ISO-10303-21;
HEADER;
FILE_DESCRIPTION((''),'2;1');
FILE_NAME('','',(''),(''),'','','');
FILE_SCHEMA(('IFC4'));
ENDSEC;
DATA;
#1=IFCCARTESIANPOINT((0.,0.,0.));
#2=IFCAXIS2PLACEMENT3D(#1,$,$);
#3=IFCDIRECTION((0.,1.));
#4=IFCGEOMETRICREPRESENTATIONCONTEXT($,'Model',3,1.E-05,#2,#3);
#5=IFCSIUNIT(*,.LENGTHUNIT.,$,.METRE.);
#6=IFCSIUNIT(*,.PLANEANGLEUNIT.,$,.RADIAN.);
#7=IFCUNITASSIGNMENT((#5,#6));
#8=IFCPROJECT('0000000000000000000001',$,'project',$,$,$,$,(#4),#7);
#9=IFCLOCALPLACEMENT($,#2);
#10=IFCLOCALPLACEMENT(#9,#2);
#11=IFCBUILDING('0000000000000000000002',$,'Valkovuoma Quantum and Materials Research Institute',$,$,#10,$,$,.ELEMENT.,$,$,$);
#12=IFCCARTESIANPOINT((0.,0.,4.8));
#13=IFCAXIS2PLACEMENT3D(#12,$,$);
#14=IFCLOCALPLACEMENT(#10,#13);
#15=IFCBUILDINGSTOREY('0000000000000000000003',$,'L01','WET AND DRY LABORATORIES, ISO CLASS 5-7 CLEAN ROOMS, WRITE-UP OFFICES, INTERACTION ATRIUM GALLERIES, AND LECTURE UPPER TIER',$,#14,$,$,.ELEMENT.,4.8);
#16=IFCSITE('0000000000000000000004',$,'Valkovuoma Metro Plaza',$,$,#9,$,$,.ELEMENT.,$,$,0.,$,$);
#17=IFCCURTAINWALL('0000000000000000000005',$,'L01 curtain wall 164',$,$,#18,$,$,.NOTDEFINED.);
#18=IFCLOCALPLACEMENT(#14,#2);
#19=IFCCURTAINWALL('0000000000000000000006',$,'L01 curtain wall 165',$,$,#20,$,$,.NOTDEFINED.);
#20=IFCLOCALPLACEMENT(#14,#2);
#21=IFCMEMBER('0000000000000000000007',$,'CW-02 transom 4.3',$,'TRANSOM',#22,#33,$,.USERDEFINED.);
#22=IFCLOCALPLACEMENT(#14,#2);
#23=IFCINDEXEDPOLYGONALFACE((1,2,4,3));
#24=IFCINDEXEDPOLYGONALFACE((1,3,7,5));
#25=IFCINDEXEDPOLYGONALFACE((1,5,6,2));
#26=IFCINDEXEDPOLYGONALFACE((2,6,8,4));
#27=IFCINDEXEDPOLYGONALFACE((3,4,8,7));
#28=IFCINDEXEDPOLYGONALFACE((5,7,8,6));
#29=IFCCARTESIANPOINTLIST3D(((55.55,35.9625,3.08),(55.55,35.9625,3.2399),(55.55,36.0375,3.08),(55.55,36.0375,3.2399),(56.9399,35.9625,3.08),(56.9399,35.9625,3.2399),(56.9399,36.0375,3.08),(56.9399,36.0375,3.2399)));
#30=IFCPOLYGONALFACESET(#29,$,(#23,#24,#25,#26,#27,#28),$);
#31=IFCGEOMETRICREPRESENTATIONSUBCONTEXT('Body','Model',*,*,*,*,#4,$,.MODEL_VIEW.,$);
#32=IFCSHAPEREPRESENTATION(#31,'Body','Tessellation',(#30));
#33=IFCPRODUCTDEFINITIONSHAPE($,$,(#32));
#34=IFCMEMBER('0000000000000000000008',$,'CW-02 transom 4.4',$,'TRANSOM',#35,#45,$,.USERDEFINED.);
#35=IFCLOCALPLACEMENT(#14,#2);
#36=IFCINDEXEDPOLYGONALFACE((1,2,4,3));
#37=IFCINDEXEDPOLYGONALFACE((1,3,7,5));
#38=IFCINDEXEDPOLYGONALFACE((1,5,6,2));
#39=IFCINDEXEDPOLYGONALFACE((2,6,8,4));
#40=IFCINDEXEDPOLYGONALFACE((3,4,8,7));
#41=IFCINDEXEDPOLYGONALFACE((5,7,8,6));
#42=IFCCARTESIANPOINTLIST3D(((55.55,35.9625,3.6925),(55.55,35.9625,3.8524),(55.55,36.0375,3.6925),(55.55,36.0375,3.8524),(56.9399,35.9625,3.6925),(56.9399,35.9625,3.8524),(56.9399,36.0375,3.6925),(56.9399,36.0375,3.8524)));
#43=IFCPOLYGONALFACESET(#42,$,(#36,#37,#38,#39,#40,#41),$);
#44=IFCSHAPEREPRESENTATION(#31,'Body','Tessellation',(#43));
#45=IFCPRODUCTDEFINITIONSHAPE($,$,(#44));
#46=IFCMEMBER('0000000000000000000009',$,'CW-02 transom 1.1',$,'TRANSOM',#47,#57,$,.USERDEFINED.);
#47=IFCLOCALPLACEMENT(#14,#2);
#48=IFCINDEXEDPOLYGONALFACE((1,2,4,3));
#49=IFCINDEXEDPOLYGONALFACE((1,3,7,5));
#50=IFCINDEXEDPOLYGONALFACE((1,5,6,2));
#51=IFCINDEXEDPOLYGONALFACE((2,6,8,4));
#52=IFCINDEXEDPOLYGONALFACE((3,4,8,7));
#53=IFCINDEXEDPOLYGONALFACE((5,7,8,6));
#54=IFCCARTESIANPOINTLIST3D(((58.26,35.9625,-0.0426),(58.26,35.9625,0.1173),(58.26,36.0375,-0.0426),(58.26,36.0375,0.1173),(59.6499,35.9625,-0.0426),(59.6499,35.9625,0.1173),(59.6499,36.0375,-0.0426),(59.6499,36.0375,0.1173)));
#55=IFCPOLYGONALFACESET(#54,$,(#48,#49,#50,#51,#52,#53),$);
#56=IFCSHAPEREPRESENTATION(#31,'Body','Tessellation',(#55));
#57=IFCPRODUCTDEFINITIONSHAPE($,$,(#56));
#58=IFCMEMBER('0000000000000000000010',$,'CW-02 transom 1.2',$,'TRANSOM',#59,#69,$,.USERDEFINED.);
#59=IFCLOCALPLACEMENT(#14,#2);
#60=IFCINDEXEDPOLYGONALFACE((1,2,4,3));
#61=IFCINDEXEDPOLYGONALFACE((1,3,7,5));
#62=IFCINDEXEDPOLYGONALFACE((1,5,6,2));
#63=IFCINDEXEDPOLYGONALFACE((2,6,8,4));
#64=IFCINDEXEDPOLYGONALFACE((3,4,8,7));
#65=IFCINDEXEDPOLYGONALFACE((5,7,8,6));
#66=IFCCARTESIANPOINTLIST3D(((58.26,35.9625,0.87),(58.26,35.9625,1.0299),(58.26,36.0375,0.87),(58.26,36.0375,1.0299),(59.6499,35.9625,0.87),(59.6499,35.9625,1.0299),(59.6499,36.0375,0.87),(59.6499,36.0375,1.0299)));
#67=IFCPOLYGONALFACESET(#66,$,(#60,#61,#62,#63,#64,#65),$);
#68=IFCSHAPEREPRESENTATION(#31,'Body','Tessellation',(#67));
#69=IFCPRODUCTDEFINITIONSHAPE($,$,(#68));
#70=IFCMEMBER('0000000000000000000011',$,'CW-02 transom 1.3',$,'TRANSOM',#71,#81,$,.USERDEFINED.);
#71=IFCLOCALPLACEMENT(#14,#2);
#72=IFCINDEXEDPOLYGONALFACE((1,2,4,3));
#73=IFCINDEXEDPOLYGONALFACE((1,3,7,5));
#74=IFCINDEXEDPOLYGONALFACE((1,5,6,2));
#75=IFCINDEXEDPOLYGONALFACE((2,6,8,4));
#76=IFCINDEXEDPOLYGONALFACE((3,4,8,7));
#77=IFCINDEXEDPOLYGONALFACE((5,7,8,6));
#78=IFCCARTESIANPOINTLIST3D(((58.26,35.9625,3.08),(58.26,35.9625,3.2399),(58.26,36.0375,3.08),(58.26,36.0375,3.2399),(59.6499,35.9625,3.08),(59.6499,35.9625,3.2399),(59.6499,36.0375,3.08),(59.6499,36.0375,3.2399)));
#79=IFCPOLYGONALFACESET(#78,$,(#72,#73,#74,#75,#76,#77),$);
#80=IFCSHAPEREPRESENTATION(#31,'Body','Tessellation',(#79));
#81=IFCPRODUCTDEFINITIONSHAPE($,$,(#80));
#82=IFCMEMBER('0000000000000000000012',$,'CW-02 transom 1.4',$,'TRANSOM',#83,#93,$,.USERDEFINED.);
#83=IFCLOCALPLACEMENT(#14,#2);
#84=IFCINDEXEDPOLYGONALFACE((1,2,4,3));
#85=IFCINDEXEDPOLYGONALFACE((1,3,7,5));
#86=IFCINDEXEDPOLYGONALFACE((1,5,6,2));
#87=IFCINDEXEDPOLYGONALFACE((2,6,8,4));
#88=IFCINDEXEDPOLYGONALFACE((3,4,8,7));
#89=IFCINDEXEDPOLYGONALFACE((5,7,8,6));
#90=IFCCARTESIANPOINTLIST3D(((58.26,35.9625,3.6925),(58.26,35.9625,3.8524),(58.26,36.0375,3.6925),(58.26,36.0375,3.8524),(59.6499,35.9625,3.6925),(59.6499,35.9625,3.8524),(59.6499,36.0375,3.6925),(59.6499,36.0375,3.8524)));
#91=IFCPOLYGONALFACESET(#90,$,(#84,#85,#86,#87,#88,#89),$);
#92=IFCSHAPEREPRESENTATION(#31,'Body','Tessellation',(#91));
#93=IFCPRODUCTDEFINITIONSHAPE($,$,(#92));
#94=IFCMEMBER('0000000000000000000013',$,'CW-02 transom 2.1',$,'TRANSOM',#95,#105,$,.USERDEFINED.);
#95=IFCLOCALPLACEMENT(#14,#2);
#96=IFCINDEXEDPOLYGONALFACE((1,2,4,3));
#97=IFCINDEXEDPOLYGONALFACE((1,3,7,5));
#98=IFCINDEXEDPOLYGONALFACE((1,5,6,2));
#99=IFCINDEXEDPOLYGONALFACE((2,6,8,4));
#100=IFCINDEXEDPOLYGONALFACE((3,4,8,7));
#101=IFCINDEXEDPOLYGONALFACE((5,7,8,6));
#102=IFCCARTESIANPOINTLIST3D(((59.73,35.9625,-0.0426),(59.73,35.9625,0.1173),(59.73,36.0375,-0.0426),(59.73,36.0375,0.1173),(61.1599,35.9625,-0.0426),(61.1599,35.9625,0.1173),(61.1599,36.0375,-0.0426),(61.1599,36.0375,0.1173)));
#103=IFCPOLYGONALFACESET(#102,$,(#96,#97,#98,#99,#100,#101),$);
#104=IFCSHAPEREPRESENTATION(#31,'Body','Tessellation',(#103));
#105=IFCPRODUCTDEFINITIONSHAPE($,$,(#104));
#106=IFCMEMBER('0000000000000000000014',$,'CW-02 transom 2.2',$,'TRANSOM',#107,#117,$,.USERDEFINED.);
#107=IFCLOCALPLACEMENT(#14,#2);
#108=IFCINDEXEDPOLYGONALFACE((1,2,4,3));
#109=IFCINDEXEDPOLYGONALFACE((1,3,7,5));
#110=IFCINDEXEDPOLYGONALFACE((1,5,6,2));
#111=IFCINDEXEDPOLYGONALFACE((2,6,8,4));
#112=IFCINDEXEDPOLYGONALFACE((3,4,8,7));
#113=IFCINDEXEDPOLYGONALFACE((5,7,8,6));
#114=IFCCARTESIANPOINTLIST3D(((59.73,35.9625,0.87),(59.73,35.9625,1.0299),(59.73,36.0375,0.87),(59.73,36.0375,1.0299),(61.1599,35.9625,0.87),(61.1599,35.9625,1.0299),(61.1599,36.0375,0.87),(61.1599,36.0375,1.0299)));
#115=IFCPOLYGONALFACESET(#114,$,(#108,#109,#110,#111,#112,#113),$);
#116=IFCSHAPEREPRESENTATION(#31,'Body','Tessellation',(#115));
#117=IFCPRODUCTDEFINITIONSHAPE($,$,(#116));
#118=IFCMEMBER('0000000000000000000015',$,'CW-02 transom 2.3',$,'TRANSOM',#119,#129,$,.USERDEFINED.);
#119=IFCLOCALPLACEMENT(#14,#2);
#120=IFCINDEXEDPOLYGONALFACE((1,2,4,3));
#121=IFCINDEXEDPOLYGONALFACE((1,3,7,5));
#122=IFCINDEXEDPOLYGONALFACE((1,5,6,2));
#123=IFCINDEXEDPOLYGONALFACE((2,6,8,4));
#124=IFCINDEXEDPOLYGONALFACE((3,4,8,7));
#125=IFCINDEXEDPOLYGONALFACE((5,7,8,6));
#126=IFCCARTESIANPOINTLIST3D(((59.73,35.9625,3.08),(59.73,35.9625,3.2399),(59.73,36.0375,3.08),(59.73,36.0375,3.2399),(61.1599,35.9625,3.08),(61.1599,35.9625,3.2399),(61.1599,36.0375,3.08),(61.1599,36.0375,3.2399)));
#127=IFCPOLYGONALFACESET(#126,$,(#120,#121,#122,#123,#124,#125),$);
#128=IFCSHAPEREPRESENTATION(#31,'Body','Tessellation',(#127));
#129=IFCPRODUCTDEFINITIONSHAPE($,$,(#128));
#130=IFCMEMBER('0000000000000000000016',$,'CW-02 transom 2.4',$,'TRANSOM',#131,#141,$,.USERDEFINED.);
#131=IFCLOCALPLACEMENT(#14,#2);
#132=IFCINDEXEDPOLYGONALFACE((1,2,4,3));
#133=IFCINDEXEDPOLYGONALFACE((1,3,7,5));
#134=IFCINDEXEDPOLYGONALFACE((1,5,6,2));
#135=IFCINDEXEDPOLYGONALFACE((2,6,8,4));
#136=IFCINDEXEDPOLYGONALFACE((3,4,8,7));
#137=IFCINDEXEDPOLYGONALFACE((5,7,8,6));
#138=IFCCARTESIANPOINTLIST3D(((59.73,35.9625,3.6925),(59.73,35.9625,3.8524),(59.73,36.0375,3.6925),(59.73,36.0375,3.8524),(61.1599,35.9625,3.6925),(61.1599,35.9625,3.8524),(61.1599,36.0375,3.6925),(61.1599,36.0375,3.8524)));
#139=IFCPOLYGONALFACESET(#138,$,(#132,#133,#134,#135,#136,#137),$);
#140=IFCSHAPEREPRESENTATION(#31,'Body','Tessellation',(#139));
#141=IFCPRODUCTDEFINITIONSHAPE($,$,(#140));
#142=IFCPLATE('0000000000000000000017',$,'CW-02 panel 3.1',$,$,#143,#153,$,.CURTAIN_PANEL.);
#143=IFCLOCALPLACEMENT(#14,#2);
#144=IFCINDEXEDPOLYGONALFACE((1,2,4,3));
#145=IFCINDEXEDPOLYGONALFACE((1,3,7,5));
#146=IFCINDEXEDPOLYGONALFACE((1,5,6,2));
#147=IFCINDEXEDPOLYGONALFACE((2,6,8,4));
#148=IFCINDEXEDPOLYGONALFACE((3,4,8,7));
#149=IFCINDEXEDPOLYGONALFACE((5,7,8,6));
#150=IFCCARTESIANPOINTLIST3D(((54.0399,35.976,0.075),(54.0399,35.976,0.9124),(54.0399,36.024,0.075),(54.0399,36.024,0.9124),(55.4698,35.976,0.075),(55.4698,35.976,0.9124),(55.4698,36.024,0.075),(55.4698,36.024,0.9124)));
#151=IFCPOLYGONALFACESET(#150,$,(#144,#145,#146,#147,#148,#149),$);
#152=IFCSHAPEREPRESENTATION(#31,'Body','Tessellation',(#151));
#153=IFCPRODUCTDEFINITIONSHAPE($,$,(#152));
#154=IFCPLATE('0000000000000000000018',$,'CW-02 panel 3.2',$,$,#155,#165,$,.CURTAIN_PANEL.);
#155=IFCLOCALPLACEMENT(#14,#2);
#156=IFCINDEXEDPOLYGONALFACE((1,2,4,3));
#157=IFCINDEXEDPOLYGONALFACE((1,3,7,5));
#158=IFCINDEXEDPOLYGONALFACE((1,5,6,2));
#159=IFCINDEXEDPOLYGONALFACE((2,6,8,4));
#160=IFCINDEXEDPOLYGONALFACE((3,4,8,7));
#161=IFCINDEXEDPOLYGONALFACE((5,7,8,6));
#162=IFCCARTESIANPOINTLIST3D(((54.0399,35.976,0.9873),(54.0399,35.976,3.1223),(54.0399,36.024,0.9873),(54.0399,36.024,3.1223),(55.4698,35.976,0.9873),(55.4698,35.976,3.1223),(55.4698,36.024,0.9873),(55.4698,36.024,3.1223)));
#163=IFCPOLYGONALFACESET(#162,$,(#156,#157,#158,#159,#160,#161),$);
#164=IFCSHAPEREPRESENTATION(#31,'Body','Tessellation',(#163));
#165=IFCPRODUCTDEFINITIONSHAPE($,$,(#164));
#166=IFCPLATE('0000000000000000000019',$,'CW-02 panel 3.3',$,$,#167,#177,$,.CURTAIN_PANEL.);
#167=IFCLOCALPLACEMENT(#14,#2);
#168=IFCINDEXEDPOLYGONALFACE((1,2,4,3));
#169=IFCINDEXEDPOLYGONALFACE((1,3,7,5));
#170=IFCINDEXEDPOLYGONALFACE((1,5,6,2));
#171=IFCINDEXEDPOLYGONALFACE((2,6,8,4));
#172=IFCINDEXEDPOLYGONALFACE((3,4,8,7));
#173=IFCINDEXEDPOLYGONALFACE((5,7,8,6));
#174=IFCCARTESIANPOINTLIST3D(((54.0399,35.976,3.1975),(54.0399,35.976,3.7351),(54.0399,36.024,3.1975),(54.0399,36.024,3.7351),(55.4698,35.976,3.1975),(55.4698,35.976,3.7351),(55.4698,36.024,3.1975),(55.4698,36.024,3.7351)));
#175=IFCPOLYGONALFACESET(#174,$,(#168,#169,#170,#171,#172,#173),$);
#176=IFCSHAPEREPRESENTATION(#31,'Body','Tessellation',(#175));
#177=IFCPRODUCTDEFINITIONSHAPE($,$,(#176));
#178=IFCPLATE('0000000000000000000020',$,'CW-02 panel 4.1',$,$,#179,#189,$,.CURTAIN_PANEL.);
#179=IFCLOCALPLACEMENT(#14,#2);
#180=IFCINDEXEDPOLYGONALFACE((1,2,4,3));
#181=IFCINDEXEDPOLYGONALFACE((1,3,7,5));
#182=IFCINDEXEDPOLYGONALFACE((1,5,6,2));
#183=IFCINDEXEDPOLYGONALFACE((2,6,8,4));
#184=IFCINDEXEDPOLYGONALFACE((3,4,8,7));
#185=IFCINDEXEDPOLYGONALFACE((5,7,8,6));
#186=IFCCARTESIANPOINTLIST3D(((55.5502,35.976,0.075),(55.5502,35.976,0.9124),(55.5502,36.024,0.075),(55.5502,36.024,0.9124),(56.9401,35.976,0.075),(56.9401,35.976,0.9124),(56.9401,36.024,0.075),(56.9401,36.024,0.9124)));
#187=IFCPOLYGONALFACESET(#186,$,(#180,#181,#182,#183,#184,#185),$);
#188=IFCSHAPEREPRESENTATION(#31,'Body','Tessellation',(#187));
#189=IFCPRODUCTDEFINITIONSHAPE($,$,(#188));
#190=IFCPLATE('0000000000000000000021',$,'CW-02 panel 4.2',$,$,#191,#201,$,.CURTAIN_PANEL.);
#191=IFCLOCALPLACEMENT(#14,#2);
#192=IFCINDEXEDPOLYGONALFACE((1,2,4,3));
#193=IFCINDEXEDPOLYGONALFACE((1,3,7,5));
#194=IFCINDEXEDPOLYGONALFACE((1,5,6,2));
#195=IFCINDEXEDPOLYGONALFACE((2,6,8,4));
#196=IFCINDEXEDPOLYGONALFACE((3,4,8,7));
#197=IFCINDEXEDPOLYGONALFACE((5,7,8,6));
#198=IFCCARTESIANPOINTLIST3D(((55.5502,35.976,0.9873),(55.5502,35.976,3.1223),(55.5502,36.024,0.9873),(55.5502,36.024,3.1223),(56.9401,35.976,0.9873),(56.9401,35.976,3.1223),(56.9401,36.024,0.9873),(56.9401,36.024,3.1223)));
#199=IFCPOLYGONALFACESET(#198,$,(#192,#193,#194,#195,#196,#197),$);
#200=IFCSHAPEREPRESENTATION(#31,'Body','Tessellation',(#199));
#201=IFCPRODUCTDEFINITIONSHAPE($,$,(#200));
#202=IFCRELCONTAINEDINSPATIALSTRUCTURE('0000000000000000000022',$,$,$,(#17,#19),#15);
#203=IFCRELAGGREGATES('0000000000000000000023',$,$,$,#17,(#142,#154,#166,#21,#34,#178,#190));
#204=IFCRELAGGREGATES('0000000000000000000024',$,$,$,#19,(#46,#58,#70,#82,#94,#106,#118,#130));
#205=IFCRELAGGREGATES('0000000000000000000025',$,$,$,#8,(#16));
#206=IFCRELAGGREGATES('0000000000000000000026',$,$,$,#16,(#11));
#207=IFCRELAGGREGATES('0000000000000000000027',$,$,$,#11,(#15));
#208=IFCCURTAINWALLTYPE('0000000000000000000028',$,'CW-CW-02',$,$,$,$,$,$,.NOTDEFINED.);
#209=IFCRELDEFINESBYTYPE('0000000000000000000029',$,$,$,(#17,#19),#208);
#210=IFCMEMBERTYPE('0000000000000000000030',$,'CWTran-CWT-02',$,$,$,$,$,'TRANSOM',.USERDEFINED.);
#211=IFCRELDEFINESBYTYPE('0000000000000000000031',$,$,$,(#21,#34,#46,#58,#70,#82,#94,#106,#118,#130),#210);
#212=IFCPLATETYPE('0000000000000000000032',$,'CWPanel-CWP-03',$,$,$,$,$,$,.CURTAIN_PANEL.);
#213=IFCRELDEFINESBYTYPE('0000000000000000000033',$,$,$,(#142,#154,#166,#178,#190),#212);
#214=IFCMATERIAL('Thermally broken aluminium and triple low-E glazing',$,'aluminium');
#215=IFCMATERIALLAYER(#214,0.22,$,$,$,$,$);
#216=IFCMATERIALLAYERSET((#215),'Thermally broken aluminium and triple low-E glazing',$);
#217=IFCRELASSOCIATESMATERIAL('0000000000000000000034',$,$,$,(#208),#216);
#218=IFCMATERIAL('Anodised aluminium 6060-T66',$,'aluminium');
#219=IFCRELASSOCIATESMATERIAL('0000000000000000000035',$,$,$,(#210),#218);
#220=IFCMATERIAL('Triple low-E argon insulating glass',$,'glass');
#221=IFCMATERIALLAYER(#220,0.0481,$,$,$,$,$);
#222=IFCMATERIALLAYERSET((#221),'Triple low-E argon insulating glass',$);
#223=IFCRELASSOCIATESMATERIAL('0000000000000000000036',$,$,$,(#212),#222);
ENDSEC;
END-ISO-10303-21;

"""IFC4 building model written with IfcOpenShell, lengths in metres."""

from ifc_helpers import new_model, si_unit, direction, frame, origin, origin_2d, place, context, subcontext, project, spatial, rectangle, extrude, material, layer, layer_set, material_profile, profile_set, type_object, element, aggregate, save


model = new_model("IFC4")

# Units and contexts
model_context = context("Model", 3, precision=1e-05, world=origin(), true_north=direction((0.0, 1.0)))
body_context = subcontext(model_context, "Body", "Model", "MODEL_VIEW")
ifc_project = project(units=[si_unit("LENGTHUNIT", "METRE"), si_unit("PLANEANGLEUNIT", "RADIAN")], contexts=[model_context])

# Site, building, storey
site_placement = place(None, origin())
site = spatial("IfcSite", under=ifc_project, at=site_placement, Name="Valkovuoma Metro Plaza", CompositionType="ELEMENT", RefElevation=0.0)
building_placement = place(site_placement, origin())
building = spatial("IfcBuilding", under=site, at=building_placement, Name="Valkovuoma Quantum and Materials Research Institute", CompositionType="ELEMENT")
storey_placement = place(building_placement, frame((0.0, 0.0, 4.8)))
storey = spatial("IfcBuildingStorey", under=building, at=storey_placement, Name="L01", Description="WET AND DRY LABORATORIES, ISO CLASS 5-7 CLEAN ROOMS, WRITE-UP OFFICES, INTERACTION ATRIUM GALLERIES, AND LECTURE UPPER TIER", CompositionType="ELEMENT", Elevation=4.8)

# Curtain walls
ifc_material_1 = material(Name="Thermally broken aluminium and triple low-E glazing", Category="aluminium")
ifc_layer_1 = layer(ifc_material_1, 0.22)
ifc_layer_set_1 = layer_set([ifc_layer_1], Name="Thermally broken aluminium and triple low-E glazing")
curtain_wall_type = type_object("IfcCurtainWallType", Name="CW-CW-02", PredefinedType="NOTDEFINED", material=ifc_layer_set_1)
curtain_wall_1_placement = place(storey_placement, origin())
curtain_wall_1 = element("IfcCurtainWall", 1, at=curtain_wall_1_placement, inside=storey, type_object=curtain_wall_type, Name="L01 curtain wall 164", PredefinedType="NOTDEFINED")
curtain_wall_2_placement = place(storey_placement, origin())
curtain_wall_2 = element("IfcCurtainWall", 2, at=curtain_wall_2_placement, inside=storey, type_object=curtain_wall_type, Name="L01 curtain wall 165", PredefinedType="NOTDEFINED")

# Members
ifc_material_2 = material(Name="Anodised aluminium 6060-T66", Category="aluminium")
ifc_material_profile_1 = material_profile(ifc_material_2, rectangle(XDim=0.075, YDim=0.1599, at=origin_2d()), Name="Anodised aluminium 6060-T66")
ifc_profile_set_1 = profile_set([ifc_material_profile_1], Name="Anodised aluminium 6060-T66")
member_type_1 = type_object("IfcMemberType", Name="CWTran-CWT-02", ElementType="TRANSOM", PredefinedType="USERDEFINED", material=ifc_profile_set_1)
member_1_placement = place(storey_placement, frame((55.55, 36.0, 3.1599), z_axis=(1.0, 0.0, 0.0), x_axis=(0.0, 1.0, 0.0)))
member_1 = element("IfcMember", 3, at=member_1_placement, type_object=member_type_1, Name="CW-02 transom 4.3", ObjectType="TRANSOM", PredefinedType="USERDEFINED", context=body_context, shape_type="SweptSolid", body=[
    extrude(rectangle(XDim=0.075, YDim=0.1599, at=origin_2d()), origin(), (0.0, 0.0, 1.0), 1.3899),
])
member_2_placement = place(storey_placement, frame((55.55, 36.0, 3.7725), z_axis=(1.0, 0.0, 0.0), x_axis=(0.0, 1.0, 0.0)))
member_2 = element("IfcMember", 4, at=member_2_placement, type_object=member_type_1, Name="CW-02 transom 4.4", ObjectType="TRANSOM", PredefinedType="USERDEFINED", context=body_context, shape_type="SweptSolid", body=[
    extrude(rectangle(XDim=0.075, YDim=0.1599, at=origin_2d()), origin(), (0.0, 0.0, 1.0), 1.3899),
])
member_3_placement = place(storey_placement, frame((58.26, 36.0, 0.0374), z_axis=(1.0, 0.0, 0.0), x_axis=(0.0, 1.0, 0.0)))
member_3 = element("IfcMember", 5, at=member_3_placement, type_object=member_type_1, Name="CW-02 transom 1.1", ObjectType="TRANSOM", PredefinedType="USERDEFINED", context=body_context, shape_type="SweptSolid", body=[
    extrude(rectangle(XDim=0.075, YDim=0.1599, at=origin_2d()), origin(), (0.0, 0.0, 1.0), 1.3899),
])
member_4_placement = place(storey_placement, frame((58.26, 36.0, 0.95), z_axis=(1.0, 0.0, 0.0), x_axis=(0.0, 1.0, 0.0)))
member_4 = element("IfcMember", 6, at=member_4_placement, type_object=member_type_1, Name="CW-02 transom 1.2", ObjectType="TRANSOM", PredefinedType="USERDEFINED", context=body_context, shape_type="SweptSolid", body=[
    extrude(rectangle(XDim=0.075, YDim=0.1599, at=origin_2d()), origin(), (0.0, 0.0, 1.0), 1.3899),
])
member_5_placement = place(storey_placement, frame((58.26, 36.0, 3.1599), z_axis=(1.0, 0.0, 0.0), x_axis=(0.0, 1.0, 0.0)))
member_5 = element("IfcMember", 7, at=member_5_placement, type_object=member_type_1, Name="CW-02 transom 1.3", ObjectType="TRANSOM", PredefinedType="USERDEFINED", context=body_context, shape_type="SweptSolid", body=[
    extrude(rectangle(XDim=0.075, YDim=0.1599, at=origin_2d()), origin(), (0.0, 0.0, 1.0), 1.3899),
])
member_6_placement = place(storey_placement, frame((58.26, 36.0, 3.7725), z_axis=(1.0, 0.0, 0.0), x_axis=(0.0, 1.0, 0.0)))
member_6 = element("IfcMember", 8, at=member_6_placement, type_object=member_type_1, Name="CW-02 transom 1.4", ObjectType="TRANSOM", PredefinedType="USERDEFINED", context=body_context, shape_type="SweptSolid", body=[
    extrude(rectangle(XDim=0.075, YDim=0.1599, at=origin_2d()), origin(), (0.0, 0.0, 1.0), 1.3899),
])
member_7_placement = place(storey_placement, frame((59.73, 36.0, 0.0374), z_axis=(1.0, 0.0, 0.0), x_axis=(0.0, 1.0, 0.0)))
member_7 = element("IfcMember", 9, at=member_7_placement, type_object=member_type_1, Name="CW-02 transom 2.1", ObjectType="TRANSOM", PredefinedType="USERDEFINED", context=body_context, shape_type="SweptSolid", body=[
    extrude(rectangle(XDim=0.075, YDim=0.1599, at=origin_2d()), origin(), (0.0, 0.0, 1.0), 1.4299),
])
member_8_placement = place(storey_placement, frame((59.73, 36.0, 0.95), z_axis=(1.0, 0.0, 0.0), x_axis=(0.0, 1.0, 0.0)))
member_8 = element("IfcMember", 10, at=member_8_placement, type_object=member_type_1, Name="CW-02 transom 2.2", ObjectType="TRANSOM", PredefinedType="USERDEFINED", context=body_context, shape_type="SweptSolid", body=[
    extrude(rectangle(XDim=0.075, YDim=0.1599, at=origin_2d()), origin(), (0.0, 0.0, 1.0), 1.4299),
])
member_9_placement = place(storey_placement, frame((59.73, 36.0, 3.1599), z_axis=(1.0, 0.0, 0.0), x_axis=(0.0, 1.0, 0.0)))
member_9 = element("IfcMember", 11, at=member_9_placement, type_object=member_type_1, Name="CW-02 transom 2.3", ObjectType="TRANSOM", PredefinedType="USERDEFINED", context=body_context, shape_type="SweptSolid", body=[
    extrude(rectangle(XDim=0.075, YDim=0.1599, at=origin_2d()), origin(), (0.0, 0.0, 1.0), 1.4299),
])
member_10_placement = place(storey_placement, frame((59.73, 36.0, 3.7725), z_axis=(1.0, 0.0, 0.0), x_axis=(0.0, 1.0, 0.0)))
member_10 = element("IfcMember", 12, at=member_10_placement, type_object=member_type_1, Name="CW-02 transom 2.4", ObjectType="TRANSOM", PredefinedType="USERDEFINED", context=body_context, shape_type="SweptSolid", body=[
    extrude(rectangle(XDim=0.075, YDim=0.1599, at=origin_2d()), origin(), (0.0, 0.0, 1.0), 1.4299),
])

# Plates
ifc_material_3 = material(Name="Triple low-E argon insulating glass", Category="glass")
ifc_layer_2 = layer(ifc_material_3, 0.0481)
ifc_layer_set_2 = layer_set([ifc_layer_2], Name="Triple low-E argon insulating glass")
plate_type = type_object("IfcPlateType", Name="CWPanel-CWP-03", PredefinedType="CURTAIN_PANEL", material=ifc_layer_set_2)
plate_1_placement = place(storey_placement, frame((54.7549, 36.0, 0.075), z_axis=(0.0, 0.0, 1.0), x_axis=(1.0, 0.0, 0.0)))
plate_1 = element("IfcPlate", 13, at=plate_1_placement, type_object=plate_type, Name="CW-02 panel 3.1", PredefinedType="CURTAIN_PANEL", context=body_context, shape_type="SweptSolid", body=[
    extrude(rectangle(XDim=1.4299, YDim=0.0481, at=origin_2d()), origin(), (0.0, 0.0, 1.0), 0.8374),
])
plate_2_placement = place(storey_placement, frame((54.7549, 36.0, 0.9873), z_axis=(0.0, 0.0, 1.0), x_axis=(1.0, 0.0, 0.0)))
plate_2 = element("IfcPlate", 14, at=plate_2_placement, type_object=plate_type, Name="CW-02 panel 3.2", PredefinedType="CURTAIN_PANEL", context=body_context, shape_type="SweptSolid", body=[
    extrude(rectangle(XDim=1.4299, YDim=0.0481, at=origin_2d()), origin(), (0.0, 0.0, 1.0), 2.135),
])
plate_3_placement = place(storey_placement, frame((54.7549, 36.0, 3.1975), z_axis=(0.0, 0.0, 1.0), x_axis=(1.0, 0.0, 0.0)))
plate_3 = element("IfcPlate", 15, at=plate_3_placement, type_object=plate_type, Name="CW-02 panel 3.3", PredefinedType="CURTAIN_PANEL", context=body_context, shape_type="SweptSolid", body=[
    extrude(rectangle(XDim=1.4299, YDim=0.0481, at=origin_2d()), origin(), (0.0, 0.0, 1.0), 0.5376),
])
plate_4_placement = place(storey_placement, frame((56.2451, 36.0, 0.075), z_axis=(0.0, 0.0, 1.0), x_axis=(1.0, 0.0, 0.0)))
plate_4 = element("IfcPlate", 16, at=plate_4_placement, type_object=plate_type, Name="CW-02 panel 4.1", PredefinedType="CURTAIN_PANEL", context=body_context, shape_type="SweptSolid", body=[
    extrude(rectangle(XDim=1.3899, YDim=0.0481, at=origin_2d()), origin(), (0.0, 0.0, 1.0), 0.8374),
])
plate_5_placement = place(storey_placement, frame((56.2451, 36.0, 0.9873), z_axis=(0.0, 0.0, 1.0), x_axis=(1.0, 0.0, 0.0)))
plate_5 = element("IfcPlate", 17, at=plate_5_placement, type_object=plate_type, Name="CW-02 panel 4.2", PredefinedType="CURTAIN_PANEL", context=body_context, shape_type="SweptSolid", body=[
    extrude(rectangle(XDim=1.3899, YDim=0.0481, at=origin_2d()), origin(), (0.0, 0.0, 1.0), 2.135),
])
aggregate(curtain_wall_1, [plate_1, plate_2, plate_3, member_1, member_2, plate_4, plate_5])
aggregate(curtain_wall_2, [member_3, member_4, member_5, member_6, member_7, member_8, member_9, member_10])

save(model, "model.ifc")
